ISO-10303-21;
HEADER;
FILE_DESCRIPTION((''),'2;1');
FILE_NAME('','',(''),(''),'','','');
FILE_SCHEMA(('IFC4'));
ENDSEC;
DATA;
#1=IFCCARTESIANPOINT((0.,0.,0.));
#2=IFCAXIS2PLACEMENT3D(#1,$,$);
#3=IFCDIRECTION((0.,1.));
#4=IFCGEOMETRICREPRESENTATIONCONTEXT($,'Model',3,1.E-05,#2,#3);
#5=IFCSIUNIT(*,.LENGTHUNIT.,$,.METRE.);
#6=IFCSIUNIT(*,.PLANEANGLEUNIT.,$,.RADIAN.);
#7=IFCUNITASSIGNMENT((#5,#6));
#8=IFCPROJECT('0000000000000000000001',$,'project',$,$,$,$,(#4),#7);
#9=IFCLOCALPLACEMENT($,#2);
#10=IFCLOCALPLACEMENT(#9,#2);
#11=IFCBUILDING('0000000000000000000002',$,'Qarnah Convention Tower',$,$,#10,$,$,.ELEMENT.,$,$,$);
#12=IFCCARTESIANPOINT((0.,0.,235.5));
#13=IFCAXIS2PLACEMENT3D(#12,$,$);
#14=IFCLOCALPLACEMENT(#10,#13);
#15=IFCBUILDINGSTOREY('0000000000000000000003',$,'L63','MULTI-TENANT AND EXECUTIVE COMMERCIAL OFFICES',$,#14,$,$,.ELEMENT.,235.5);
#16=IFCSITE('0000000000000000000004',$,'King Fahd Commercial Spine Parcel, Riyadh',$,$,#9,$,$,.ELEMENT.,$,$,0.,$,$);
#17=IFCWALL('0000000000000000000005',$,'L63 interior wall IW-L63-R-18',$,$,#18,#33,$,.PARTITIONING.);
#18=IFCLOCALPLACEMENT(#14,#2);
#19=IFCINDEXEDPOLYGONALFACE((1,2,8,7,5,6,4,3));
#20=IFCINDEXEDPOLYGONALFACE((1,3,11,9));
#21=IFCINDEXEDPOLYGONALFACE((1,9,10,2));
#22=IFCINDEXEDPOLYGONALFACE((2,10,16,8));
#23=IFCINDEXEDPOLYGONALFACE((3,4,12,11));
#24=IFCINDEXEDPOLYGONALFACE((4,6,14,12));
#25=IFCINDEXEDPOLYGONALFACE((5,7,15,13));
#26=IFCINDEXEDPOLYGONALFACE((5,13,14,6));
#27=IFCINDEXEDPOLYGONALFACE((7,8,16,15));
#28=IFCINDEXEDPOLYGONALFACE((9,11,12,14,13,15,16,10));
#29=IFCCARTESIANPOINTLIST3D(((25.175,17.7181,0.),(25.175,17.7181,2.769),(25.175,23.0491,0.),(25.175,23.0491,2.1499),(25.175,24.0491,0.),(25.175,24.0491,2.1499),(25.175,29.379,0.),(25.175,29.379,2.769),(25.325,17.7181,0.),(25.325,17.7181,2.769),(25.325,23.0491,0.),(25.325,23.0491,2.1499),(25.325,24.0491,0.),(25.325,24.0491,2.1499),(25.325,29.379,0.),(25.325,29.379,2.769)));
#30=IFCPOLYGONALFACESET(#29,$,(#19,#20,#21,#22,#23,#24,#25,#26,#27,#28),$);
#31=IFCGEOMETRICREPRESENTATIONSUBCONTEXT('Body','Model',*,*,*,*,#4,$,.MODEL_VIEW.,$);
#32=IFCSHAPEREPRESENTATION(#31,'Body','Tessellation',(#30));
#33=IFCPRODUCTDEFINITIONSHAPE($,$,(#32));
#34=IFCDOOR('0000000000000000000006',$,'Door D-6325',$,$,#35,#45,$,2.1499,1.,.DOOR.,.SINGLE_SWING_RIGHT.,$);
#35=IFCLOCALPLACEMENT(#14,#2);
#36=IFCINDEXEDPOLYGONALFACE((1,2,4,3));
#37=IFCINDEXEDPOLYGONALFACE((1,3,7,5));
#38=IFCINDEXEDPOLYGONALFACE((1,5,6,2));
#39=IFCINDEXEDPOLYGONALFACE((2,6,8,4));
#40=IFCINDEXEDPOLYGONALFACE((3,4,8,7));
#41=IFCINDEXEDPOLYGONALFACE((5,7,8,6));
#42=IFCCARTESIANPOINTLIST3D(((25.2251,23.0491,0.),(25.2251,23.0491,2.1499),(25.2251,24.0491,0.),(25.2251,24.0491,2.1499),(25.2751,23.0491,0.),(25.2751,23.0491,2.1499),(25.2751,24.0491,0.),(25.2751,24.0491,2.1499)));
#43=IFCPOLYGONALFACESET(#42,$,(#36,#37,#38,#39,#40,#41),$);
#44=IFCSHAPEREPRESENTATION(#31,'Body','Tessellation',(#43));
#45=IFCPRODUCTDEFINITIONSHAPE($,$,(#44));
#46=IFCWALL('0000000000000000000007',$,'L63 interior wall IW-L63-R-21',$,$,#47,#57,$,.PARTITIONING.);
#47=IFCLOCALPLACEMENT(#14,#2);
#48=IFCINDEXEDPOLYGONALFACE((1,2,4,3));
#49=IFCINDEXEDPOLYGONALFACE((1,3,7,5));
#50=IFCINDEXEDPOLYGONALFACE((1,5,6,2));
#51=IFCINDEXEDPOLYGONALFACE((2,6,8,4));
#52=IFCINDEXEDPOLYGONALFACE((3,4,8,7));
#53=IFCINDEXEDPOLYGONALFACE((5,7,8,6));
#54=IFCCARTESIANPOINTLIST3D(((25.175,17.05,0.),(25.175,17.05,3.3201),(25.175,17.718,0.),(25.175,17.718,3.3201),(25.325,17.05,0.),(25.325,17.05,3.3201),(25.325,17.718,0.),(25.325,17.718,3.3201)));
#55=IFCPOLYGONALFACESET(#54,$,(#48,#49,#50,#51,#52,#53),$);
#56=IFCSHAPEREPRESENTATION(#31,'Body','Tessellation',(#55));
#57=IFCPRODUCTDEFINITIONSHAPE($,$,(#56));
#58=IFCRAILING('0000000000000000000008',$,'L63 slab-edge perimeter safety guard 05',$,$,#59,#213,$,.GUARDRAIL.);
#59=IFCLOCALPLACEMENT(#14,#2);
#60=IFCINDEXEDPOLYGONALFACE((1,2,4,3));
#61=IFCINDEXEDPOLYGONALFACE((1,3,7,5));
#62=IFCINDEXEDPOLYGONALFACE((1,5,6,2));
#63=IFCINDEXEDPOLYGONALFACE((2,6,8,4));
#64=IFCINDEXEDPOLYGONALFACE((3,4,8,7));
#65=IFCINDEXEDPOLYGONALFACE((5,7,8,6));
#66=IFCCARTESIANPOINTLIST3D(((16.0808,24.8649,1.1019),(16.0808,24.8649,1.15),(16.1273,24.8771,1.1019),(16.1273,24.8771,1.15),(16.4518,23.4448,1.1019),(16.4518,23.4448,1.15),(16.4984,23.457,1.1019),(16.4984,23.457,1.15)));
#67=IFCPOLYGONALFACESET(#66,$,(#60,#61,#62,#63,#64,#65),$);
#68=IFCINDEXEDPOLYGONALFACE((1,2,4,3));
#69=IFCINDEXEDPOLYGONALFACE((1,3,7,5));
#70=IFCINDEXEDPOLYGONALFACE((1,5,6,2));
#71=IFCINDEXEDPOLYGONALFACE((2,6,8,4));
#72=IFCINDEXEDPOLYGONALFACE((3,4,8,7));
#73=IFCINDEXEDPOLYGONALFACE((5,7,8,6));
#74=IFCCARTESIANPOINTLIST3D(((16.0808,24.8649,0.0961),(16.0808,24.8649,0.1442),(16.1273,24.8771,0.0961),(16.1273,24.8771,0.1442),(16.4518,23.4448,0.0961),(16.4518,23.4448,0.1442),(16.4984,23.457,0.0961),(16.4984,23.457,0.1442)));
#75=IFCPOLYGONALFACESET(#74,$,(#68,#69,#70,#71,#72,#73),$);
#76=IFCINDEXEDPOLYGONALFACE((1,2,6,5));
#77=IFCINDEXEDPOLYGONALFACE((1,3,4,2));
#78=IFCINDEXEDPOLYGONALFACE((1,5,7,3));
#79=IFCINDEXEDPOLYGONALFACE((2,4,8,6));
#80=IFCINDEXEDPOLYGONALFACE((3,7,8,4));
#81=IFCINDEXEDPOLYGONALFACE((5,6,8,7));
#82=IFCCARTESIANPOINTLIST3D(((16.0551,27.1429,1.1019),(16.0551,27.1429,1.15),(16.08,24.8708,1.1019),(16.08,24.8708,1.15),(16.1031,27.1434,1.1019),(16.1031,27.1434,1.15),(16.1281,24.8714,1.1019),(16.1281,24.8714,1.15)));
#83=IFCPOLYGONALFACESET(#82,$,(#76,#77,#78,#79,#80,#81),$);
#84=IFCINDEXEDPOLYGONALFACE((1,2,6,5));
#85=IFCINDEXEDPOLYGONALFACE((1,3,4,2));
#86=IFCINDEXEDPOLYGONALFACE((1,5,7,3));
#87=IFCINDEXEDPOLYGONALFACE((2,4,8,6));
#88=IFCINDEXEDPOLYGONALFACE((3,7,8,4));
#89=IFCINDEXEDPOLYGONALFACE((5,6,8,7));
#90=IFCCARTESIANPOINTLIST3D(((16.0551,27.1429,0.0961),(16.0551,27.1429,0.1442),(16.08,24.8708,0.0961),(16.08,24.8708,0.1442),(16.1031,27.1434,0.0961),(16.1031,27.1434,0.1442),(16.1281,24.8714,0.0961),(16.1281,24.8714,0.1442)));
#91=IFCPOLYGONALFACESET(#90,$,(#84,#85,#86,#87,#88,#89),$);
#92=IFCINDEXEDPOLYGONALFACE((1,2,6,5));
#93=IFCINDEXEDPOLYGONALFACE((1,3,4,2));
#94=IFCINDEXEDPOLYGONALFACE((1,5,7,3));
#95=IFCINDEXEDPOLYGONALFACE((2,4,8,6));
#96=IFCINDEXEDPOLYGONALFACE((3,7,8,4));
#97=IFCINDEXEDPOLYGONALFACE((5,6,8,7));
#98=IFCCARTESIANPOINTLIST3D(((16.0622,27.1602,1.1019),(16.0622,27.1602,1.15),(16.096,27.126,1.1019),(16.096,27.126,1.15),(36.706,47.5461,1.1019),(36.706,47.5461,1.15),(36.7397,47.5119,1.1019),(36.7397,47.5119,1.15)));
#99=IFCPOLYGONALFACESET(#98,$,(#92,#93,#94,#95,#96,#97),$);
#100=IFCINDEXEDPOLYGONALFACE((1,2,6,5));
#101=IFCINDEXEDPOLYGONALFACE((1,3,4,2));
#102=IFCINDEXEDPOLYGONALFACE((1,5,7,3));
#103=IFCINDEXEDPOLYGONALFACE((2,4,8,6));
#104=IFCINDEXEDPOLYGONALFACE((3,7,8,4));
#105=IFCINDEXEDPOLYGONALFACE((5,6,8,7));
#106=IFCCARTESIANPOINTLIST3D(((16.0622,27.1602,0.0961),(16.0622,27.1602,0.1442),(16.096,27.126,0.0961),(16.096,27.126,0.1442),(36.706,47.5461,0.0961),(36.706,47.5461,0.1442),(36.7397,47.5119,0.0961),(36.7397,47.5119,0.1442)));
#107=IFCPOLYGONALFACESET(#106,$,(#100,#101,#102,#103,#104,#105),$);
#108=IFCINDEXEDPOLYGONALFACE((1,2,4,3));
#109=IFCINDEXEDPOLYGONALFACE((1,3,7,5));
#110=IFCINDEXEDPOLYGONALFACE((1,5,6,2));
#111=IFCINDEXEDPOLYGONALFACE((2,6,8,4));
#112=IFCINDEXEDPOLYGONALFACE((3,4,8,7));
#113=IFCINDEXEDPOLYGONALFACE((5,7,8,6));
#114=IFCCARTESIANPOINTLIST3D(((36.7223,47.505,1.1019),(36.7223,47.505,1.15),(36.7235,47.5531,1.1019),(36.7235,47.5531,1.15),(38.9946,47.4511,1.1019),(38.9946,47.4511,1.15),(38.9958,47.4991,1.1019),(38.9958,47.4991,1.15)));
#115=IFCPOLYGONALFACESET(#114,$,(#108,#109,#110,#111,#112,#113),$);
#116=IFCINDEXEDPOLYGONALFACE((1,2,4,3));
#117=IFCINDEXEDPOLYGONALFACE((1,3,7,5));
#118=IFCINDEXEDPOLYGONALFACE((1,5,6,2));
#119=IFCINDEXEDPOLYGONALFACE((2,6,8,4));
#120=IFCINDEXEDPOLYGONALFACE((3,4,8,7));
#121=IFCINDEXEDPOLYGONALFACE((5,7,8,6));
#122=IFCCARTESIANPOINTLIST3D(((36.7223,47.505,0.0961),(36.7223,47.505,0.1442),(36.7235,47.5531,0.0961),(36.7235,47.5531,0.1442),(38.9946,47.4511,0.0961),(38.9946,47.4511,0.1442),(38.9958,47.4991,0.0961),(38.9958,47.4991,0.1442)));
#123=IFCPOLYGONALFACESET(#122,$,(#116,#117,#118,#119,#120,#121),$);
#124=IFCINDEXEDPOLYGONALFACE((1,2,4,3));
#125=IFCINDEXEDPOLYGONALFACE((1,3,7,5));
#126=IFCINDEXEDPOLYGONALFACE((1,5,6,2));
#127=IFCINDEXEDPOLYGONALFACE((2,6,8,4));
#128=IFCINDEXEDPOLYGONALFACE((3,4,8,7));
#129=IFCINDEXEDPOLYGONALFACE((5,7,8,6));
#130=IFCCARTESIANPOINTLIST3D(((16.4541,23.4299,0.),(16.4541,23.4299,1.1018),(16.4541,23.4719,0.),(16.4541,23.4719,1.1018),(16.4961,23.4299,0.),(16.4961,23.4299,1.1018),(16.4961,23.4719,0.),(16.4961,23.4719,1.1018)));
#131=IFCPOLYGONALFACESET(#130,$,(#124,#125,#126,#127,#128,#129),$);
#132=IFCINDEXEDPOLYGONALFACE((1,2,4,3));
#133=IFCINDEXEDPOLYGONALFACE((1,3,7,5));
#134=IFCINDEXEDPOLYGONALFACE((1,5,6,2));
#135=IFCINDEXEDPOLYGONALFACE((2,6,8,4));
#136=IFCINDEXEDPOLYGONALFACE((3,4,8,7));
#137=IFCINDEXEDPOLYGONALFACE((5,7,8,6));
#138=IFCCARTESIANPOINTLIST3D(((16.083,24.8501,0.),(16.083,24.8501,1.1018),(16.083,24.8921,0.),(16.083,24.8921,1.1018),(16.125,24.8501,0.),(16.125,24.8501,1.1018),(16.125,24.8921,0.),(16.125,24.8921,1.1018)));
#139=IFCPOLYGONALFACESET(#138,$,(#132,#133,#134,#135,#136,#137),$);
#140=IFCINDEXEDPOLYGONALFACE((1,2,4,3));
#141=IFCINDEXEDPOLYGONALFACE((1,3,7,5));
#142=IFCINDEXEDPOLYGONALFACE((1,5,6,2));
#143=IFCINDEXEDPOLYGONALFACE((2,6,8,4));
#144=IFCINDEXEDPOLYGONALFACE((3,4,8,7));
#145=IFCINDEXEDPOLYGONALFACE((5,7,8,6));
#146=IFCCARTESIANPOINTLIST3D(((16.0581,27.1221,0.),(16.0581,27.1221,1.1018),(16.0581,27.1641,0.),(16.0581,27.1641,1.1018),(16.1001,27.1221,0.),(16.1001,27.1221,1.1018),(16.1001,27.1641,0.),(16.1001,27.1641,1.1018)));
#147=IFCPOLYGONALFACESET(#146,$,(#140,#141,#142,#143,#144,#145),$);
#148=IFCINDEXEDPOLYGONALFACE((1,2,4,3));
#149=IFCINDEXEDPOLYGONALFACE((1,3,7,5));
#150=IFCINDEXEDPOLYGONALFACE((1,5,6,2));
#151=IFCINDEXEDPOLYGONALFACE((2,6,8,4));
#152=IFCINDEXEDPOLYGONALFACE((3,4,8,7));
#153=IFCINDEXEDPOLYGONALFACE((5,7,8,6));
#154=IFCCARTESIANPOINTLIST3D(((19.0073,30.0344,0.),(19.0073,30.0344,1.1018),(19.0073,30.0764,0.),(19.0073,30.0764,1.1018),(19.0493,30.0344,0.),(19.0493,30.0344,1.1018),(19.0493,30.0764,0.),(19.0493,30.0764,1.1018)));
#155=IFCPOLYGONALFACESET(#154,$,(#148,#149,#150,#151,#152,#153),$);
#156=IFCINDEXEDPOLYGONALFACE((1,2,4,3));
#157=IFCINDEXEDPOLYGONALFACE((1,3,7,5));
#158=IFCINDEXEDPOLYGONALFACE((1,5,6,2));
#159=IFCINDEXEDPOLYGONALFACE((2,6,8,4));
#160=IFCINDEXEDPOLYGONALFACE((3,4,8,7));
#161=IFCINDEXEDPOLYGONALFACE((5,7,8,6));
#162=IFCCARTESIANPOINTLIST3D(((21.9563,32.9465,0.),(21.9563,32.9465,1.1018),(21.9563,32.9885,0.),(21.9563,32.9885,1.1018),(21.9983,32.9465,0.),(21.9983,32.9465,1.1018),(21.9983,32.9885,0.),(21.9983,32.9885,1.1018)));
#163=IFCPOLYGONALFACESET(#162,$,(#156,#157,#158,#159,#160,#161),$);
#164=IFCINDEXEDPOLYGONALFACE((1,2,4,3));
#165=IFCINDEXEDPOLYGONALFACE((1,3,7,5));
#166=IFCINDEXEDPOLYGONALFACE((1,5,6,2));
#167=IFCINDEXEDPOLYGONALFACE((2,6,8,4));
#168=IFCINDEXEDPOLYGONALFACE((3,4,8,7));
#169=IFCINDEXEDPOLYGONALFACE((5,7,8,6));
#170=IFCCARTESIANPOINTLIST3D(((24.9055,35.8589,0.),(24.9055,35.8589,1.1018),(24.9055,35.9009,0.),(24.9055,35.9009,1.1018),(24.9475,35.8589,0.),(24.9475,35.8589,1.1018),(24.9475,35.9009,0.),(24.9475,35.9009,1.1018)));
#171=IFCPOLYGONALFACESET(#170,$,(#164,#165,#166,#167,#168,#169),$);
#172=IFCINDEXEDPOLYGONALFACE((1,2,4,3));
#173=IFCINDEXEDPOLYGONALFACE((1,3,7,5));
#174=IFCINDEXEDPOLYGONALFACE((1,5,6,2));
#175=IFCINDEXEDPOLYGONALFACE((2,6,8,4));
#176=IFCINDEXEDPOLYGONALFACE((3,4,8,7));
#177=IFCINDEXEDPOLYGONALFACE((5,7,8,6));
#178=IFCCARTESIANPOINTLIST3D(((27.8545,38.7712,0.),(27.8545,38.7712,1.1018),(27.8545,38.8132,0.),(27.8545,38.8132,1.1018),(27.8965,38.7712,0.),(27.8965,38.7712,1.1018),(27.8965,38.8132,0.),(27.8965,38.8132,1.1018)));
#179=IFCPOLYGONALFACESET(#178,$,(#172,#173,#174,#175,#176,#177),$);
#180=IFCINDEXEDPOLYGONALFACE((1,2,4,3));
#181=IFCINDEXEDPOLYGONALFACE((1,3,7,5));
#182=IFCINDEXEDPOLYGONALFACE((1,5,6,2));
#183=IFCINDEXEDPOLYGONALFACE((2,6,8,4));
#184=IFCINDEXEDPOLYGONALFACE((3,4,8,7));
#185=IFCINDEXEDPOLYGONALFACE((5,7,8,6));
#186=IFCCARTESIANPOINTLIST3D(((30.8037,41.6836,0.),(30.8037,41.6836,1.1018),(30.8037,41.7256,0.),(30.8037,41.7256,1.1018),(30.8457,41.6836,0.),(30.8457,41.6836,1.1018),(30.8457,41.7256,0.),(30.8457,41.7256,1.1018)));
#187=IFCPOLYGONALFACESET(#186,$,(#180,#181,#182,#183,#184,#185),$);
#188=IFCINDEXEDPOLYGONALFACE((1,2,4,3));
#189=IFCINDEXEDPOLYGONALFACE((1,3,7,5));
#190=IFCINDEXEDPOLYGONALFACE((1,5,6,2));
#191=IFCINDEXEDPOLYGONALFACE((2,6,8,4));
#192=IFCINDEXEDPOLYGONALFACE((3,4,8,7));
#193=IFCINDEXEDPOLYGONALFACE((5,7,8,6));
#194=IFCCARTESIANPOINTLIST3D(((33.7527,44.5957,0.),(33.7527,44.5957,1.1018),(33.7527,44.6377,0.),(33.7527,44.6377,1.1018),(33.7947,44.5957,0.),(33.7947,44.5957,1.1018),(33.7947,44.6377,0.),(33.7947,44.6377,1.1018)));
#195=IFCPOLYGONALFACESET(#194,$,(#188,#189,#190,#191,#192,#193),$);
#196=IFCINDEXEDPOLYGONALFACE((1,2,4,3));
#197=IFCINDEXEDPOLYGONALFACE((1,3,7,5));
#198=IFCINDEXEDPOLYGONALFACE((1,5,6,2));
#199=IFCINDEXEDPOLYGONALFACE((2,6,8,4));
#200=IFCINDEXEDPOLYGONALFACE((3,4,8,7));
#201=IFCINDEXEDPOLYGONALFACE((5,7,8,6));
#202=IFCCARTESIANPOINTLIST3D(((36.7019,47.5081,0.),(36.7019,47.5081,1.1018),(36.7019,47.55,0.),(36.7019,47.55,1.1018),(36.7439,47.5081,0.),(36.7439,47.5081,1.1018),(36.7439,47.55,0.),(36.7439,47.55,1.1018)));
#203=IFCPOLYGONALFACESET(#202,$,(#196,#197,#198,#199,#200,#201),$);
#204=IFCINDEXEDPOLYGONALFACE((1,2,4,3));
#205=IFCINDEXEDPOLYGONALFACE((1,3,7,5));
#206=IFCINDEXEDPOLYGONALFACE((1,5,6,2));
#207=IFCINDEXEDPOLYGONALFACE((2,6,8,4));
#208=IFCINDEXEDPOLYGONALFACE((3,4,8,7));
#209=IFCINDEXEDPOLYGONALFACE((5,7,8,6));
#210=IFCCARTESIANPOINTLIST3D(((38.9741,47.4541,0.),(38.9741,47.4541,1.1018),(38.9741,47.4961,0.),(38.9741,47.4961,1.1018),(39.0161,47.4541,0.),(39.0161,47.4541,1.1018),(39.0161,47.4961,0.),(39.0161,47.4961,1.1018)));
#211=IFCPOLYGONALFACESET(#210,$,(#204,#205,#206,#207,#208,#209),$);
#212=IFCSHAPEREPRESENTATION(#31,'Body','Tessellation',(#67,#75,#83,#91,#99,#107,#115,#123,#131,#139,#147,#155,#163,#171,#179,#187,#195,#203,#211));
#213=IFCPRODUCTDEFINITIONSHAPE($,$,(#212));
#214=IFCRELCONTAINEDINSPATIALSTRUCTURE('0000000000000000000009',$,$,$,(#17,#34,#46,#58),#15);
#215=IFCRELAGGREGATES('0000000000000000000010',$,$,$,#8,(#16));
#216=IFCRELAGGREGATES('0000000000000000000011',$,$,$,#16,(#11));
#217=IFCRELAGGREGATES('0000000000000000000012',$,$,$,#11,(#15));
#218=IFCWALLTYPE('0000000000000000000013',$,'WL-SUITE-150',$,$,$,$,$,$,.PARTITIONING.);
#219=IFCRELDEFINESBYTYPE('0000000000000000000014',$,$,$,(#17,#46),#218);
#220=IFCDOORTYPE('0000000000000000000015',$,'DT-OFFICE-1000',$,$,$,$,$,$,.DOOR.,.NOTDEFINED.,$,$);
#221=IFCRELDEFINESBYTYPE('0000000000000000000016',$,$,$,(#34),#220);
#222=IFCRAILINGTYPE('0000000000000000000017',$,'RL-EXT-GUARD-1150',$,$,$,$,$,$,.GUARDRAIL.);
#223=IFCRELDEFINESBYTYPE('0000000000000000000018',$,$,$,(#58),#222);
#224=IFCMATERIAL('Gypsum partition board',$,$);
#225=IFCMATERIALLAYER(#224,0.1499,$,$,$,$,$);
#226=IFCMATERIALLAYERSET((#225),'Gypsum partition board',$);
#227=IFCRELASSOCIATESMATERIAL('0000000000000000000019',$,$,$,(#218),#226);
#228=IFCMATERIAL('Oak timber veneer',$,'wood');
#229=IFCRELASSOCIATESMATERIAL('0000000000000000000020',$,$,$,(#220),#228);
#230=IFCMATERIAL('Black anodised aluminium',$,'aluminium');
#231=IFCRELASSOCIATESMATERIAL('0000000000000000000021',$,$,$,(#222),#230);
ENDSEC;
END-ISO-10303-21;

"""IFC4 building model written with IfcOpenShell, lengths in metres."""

from ifc_helpers import new_model, si_unit, direction, frame, frame_2d, origin, origin_2d, place, context, subcontext, project, spatial, rectangle, extrude, material, layer, layer_set, type_object, element, fill, save


model = new_model("IFC4")

# Units and contexts
model_context = context("Model", 3, precision=1e-05, world=origin(), true_north=direction((0.0, 1.0)))
body_context = subcontext(model_context, "Body", "Model", "MODEL_VIEW")
ifc_project = project(units=[si_unit("LENGTHUNIT", "METRE"), si_unit("PLANEANGLEUNIT", "RADIAN")], contexts=[model_context])

# Site, building, storey
site_placement = place(None, origin())
site = spatial("IfcSite", under=ifc_project, at=site_placement, Name="King Fahd Commercial Spine Parcel, Riyadh", CompositionType="ELEMENT", RefElevation=0.0)
building_placement = place(site_placement, origin())
building = spatial("IfcBuilding", under=site, at=building_placement, Name="Qarnah Convention Tower", CompositionType="ELEMENT")
storey_placement = place(building_placement, frame((0.0, 0.0, 235.5)))
storey = spatial("IfcBuildingStorey", under=building, at=storey_placement, Name="L63", Description="MULTI-TENANT AND EXECUTIVE COMMERCIAL OFFICES", CompositionType="ELEMENT", Elevation=235.5)

# Shared definitions
ifc_material_1 = material(Name="Black anodised aluminium", Category="aluminium")

# Shared definitions
ifc_material_2 = material(Name="Gypsum partition board")
ifc_layer_1 = layer(ifc_material_2, 0.1499)
ifc_layer_set_1 = layer_set([ifc_layer_1], Name="Gypsum partition board")
wall_type_1 = type_object("IfcWallType", Name="WL-SUITE-150", PredefinedType="PARTITIONING", material=ifc_layer_set_1)

# Wall, opening, door
wall_1_placement = place(storey_placement, frame((25.25, 17.718, 0.0), z_axis=(0.0, 0.0, 1.0), x_axis=(0.0, 1.0, 0.0)))
wall_1 = element("IfcWall", 1, at=wall_1_placement, inside=storey, type_object=wall_type_1, Name="L63 interior wall IW-L63-R-18", PredefinedType="PARTITIONING", context=body_context, shape_type="SweptSolid", body=[
    extrude(rectangle(XDim=11.6609, YDim=0.1499, at=frame_2d((5.8306, 0.0))), origin(), (0.0, 0.0, 1.0), 2.769),
])
opening_1_placement = place(wall_1_placement, frame((5.3311, 0.0, 0.0)))
opening_1 = element("IfcOpeningElement", 2, at=opening_1_placement, cuts=wall_1, PredefinedType="OPENING", context=body_context, shape_type="SweptSolid", body=[
    extrude(rectangle(XDim=1.0, YDim=2.1499, at=frame_2d((0.5, 1.075))), frame((0.0, 0.085, 0.0), z_axis=(0.0, -1.0, 0.0), x_axis=(1.0, 0.0, 0.0)), (0.0, 0.0, 1.0), 0.1699),
])
ifc_material_3 = material(Name="Oak timber veneer", Category="wood")
door_type_1 = type_object("IfcDoorType", Name="DT-OFFICE-1000", OperationType="NOTDEFINED", PredefinedType="DOOR", material=ifc_material_3)
door_1_placement = place(opening_1_placement, origin())
door_1 = element("IfcDoor", 3, at=door_1_placement, inside=storey, type_object=door_type_1, Name="Door D-6325", OperationType="SINGLE_SWING_RIGHT", OverallHeight=2.1499, OverallWidth=1.0, PredefinedType="DOOR", context=body_context, shape_type="SweptSolid", body=[
    extrude(rectangle(XDim=1.0, YDim=2.1499, at=frame_2d((0.5, 1.075))), frame((0.0, 0.0249, 0.0), z_axis=(0.0, -1.0, 0.0), x_axis=(1.0, 0.0, 0.0)), (0.0, 0.0, 1.0), 0.05),
])
fill(opening_1, door_1)

# Wall
wall_2_placement = place(storey_placement, frame((25.25, 17.05, 0.0), z_axis=(0.0, 0.0, 1.0), x_axis=(0.0, 1.0, 0.0)))
element("IfcWall", 4, at=wall_2_placement, inside=storey, type_object=wall_type_1, Name="L63 interior wall IW-L63-R-21", PredefinedType="PARTITIONING", context=body_context, shape_type="SweptSolid", body=[
    extrude(rectangle(XDim=0.668, YDim=0.1499, at=frame_2d((0.334, 0.0))), origin(), (0.0, 0.0, 1.0), 3.3201),
])

# Railing
railing_type = type_object("IfcRailingType", Name="RL-EXT-GUARD-1150", PredefinedType="GUARDRAIL", material=ifc_material_1)
railing_1_placement = place(storey_placement, frame((16.4751, 23.4509, 0.0)))
element("IfcRailing", 5, at=railing_1_placement, inside=storey, type_object=railing_type, Name="L63 slab-edge perimeter safety guard 05", PredefinedType="GUARDRAIL", context=body_context, shape_type="SweptSolid", body=[
    extrude(rectangle(XDim=0.0481, YDim=0.0481, at=origin_2d()), frame((0.0, 0.0, 1.126), z_axis=(-0.252815, 0.967515, 0.0), x_axis=(-0.967515, -0.252815, 0.0)), (0.0, 0.0, 1.0), 1.4678),
    extrude(rectangle(XDim=0.0481, YDim=0.0481, at=origin_2d()), frame((0.0, 0.0, 0.1201), z_axis=(-0.252815, 0.967515, 0.0), x_axis=(-0.967515, -0.252815, 0.0)), (0.0, 0.0, 1.0), 1.4678),
    extrude(rectangle(XDim=0.0481, YDim=0.0481, at=origin_2d()), frame((-0.3711, 1.4202, 1.126), z_axis=(-0.01096, 0.99994, 0.0), x_axis=(-0.99994, -0.01096, 0.0)), (0.0, 0.0, 1.0), 2.2722),
    extrude(rectangle(XDim=0.0481, YDim=0.0481, at=origin_2d()), frame((-0.3711, 1.4202, 0.1201), z_axis=(-0.01096, 0.99994, 0.0), x_axis=(-0.99994, -0.01096, 0.0)), (0.0, 0.0, 1.0), 2.2722),
    extrude(rectangle(XDim=0.0481, YDim=0.0481, at=origin_2d()), frame((-0.396, 3.6921, 1.126), z_axis=(0.711536, 0.70265, 0.0), x_axis=(-0.70265, 0.711536, 0.0)), (0.0, 0.0, 1.0), 29.0129),
    extrude(rectangle(XDim=0.0481, YDim=0.0481, at=origin_2d()), frame((-0.396, 3.6921, 0.1201), z_axis=(0.711536, 0.70265, 0.0), x_axis=(-0.70265, 0.711536, 0.0)), (0.0, 0.0, 1.0), 29.0129),
    extrude(rectangle(XDim=0.0481, YDim=0.0481, at=origin_2d()), frame((20.2478, 24.0781, 1.126), z_axis=(0.999718, -0.023739, 0.0), x_axis=(0.023739, 0.999718, 0.0)), (0.0, 0.0, 1.0), 2.2729),
    extrude(rectangle(XDim=0.0481, YDim=0.0481, at=origin_2d()), frame((20.2478, 24.0781, 0.1201), z_axis=(0.999718, -0.023739, 0.0), x_axis=(0.023739, 0.999718, 0.0)), (0.0, 0.0, 1.0), 2.2729),
    extrude(rectangle(XDim=0.042, YDim=0.042, at=origin_2d()), origin(), (0.0, 0.0, 1.0), 1.1018),
    extrude(rectangle(XDim=0.042, YDim=0.042, at=origin_2d()), frame((-0.3711, 1.4202, 0.0)), (0.0, 0.0, 1.0), 1.1018),
    extrude(rectangle(XDim=0.042, YDim=0.042, at=origin_2d()), frame((-0.396, 3.6921, 0.0)), (0.0, 0.0, 1.0), 1.1018),
    extrude(rectangle(XDim=0.042, YDim=0.042, at=origin_2d()), frame((2.5532, 6.6045, 0.0)), (0.0, 0.0, 1.0), 1.1018),
    extrude(rectangle(XDim=0.042, YDim=0.042, at=origin_2d()), frame((5.5022, 9.5166, 0.0)), (0.0, 0.0, 1.0), 1.1018),
    extrude(rectangle(XDim=0.042, YDim=0.042, at=origin_2d()), frame((8.4514, 12.429, 0.0)), (0.0, 0.0, 1.0), 1.1018),
    extrude(rectangle(XDim=0.042, YDim=0.042, at=origin_2d()), frame((11.4004, 15.3413, 0.0)), (0.0, 0.0, 1.0), 1.1018),
    extrude(rectangle(XDim=0.042, YDim=0.042, at=origin_2d()), frame((14.3496, 18.2537, 0.0)), (0.0, 0.0, 1.0), 1.1018),
    extrude(rectangle(XDim=0.042, YDim=0.042, at=origin_2d()), frame((17.2986, 21.1658, 0.0)), (0.0, 0.0, 1.0), 1.1018),
    extrude(rectangle(XDim=0.042, YDim=0.042, at=origin_2d()), frame((20.2478, 24.0781, 0.0)), (0.0, 0.0, 1.0), 1.1018),
    extrude(rectangle(XDim=0.042, YDim=0.042, at=origin_2d()), frame((22.52, 24.0242, 0.0)), (0.0, 0.0, 1.0), 1.1018),
])

save(model, "model.ifc")
